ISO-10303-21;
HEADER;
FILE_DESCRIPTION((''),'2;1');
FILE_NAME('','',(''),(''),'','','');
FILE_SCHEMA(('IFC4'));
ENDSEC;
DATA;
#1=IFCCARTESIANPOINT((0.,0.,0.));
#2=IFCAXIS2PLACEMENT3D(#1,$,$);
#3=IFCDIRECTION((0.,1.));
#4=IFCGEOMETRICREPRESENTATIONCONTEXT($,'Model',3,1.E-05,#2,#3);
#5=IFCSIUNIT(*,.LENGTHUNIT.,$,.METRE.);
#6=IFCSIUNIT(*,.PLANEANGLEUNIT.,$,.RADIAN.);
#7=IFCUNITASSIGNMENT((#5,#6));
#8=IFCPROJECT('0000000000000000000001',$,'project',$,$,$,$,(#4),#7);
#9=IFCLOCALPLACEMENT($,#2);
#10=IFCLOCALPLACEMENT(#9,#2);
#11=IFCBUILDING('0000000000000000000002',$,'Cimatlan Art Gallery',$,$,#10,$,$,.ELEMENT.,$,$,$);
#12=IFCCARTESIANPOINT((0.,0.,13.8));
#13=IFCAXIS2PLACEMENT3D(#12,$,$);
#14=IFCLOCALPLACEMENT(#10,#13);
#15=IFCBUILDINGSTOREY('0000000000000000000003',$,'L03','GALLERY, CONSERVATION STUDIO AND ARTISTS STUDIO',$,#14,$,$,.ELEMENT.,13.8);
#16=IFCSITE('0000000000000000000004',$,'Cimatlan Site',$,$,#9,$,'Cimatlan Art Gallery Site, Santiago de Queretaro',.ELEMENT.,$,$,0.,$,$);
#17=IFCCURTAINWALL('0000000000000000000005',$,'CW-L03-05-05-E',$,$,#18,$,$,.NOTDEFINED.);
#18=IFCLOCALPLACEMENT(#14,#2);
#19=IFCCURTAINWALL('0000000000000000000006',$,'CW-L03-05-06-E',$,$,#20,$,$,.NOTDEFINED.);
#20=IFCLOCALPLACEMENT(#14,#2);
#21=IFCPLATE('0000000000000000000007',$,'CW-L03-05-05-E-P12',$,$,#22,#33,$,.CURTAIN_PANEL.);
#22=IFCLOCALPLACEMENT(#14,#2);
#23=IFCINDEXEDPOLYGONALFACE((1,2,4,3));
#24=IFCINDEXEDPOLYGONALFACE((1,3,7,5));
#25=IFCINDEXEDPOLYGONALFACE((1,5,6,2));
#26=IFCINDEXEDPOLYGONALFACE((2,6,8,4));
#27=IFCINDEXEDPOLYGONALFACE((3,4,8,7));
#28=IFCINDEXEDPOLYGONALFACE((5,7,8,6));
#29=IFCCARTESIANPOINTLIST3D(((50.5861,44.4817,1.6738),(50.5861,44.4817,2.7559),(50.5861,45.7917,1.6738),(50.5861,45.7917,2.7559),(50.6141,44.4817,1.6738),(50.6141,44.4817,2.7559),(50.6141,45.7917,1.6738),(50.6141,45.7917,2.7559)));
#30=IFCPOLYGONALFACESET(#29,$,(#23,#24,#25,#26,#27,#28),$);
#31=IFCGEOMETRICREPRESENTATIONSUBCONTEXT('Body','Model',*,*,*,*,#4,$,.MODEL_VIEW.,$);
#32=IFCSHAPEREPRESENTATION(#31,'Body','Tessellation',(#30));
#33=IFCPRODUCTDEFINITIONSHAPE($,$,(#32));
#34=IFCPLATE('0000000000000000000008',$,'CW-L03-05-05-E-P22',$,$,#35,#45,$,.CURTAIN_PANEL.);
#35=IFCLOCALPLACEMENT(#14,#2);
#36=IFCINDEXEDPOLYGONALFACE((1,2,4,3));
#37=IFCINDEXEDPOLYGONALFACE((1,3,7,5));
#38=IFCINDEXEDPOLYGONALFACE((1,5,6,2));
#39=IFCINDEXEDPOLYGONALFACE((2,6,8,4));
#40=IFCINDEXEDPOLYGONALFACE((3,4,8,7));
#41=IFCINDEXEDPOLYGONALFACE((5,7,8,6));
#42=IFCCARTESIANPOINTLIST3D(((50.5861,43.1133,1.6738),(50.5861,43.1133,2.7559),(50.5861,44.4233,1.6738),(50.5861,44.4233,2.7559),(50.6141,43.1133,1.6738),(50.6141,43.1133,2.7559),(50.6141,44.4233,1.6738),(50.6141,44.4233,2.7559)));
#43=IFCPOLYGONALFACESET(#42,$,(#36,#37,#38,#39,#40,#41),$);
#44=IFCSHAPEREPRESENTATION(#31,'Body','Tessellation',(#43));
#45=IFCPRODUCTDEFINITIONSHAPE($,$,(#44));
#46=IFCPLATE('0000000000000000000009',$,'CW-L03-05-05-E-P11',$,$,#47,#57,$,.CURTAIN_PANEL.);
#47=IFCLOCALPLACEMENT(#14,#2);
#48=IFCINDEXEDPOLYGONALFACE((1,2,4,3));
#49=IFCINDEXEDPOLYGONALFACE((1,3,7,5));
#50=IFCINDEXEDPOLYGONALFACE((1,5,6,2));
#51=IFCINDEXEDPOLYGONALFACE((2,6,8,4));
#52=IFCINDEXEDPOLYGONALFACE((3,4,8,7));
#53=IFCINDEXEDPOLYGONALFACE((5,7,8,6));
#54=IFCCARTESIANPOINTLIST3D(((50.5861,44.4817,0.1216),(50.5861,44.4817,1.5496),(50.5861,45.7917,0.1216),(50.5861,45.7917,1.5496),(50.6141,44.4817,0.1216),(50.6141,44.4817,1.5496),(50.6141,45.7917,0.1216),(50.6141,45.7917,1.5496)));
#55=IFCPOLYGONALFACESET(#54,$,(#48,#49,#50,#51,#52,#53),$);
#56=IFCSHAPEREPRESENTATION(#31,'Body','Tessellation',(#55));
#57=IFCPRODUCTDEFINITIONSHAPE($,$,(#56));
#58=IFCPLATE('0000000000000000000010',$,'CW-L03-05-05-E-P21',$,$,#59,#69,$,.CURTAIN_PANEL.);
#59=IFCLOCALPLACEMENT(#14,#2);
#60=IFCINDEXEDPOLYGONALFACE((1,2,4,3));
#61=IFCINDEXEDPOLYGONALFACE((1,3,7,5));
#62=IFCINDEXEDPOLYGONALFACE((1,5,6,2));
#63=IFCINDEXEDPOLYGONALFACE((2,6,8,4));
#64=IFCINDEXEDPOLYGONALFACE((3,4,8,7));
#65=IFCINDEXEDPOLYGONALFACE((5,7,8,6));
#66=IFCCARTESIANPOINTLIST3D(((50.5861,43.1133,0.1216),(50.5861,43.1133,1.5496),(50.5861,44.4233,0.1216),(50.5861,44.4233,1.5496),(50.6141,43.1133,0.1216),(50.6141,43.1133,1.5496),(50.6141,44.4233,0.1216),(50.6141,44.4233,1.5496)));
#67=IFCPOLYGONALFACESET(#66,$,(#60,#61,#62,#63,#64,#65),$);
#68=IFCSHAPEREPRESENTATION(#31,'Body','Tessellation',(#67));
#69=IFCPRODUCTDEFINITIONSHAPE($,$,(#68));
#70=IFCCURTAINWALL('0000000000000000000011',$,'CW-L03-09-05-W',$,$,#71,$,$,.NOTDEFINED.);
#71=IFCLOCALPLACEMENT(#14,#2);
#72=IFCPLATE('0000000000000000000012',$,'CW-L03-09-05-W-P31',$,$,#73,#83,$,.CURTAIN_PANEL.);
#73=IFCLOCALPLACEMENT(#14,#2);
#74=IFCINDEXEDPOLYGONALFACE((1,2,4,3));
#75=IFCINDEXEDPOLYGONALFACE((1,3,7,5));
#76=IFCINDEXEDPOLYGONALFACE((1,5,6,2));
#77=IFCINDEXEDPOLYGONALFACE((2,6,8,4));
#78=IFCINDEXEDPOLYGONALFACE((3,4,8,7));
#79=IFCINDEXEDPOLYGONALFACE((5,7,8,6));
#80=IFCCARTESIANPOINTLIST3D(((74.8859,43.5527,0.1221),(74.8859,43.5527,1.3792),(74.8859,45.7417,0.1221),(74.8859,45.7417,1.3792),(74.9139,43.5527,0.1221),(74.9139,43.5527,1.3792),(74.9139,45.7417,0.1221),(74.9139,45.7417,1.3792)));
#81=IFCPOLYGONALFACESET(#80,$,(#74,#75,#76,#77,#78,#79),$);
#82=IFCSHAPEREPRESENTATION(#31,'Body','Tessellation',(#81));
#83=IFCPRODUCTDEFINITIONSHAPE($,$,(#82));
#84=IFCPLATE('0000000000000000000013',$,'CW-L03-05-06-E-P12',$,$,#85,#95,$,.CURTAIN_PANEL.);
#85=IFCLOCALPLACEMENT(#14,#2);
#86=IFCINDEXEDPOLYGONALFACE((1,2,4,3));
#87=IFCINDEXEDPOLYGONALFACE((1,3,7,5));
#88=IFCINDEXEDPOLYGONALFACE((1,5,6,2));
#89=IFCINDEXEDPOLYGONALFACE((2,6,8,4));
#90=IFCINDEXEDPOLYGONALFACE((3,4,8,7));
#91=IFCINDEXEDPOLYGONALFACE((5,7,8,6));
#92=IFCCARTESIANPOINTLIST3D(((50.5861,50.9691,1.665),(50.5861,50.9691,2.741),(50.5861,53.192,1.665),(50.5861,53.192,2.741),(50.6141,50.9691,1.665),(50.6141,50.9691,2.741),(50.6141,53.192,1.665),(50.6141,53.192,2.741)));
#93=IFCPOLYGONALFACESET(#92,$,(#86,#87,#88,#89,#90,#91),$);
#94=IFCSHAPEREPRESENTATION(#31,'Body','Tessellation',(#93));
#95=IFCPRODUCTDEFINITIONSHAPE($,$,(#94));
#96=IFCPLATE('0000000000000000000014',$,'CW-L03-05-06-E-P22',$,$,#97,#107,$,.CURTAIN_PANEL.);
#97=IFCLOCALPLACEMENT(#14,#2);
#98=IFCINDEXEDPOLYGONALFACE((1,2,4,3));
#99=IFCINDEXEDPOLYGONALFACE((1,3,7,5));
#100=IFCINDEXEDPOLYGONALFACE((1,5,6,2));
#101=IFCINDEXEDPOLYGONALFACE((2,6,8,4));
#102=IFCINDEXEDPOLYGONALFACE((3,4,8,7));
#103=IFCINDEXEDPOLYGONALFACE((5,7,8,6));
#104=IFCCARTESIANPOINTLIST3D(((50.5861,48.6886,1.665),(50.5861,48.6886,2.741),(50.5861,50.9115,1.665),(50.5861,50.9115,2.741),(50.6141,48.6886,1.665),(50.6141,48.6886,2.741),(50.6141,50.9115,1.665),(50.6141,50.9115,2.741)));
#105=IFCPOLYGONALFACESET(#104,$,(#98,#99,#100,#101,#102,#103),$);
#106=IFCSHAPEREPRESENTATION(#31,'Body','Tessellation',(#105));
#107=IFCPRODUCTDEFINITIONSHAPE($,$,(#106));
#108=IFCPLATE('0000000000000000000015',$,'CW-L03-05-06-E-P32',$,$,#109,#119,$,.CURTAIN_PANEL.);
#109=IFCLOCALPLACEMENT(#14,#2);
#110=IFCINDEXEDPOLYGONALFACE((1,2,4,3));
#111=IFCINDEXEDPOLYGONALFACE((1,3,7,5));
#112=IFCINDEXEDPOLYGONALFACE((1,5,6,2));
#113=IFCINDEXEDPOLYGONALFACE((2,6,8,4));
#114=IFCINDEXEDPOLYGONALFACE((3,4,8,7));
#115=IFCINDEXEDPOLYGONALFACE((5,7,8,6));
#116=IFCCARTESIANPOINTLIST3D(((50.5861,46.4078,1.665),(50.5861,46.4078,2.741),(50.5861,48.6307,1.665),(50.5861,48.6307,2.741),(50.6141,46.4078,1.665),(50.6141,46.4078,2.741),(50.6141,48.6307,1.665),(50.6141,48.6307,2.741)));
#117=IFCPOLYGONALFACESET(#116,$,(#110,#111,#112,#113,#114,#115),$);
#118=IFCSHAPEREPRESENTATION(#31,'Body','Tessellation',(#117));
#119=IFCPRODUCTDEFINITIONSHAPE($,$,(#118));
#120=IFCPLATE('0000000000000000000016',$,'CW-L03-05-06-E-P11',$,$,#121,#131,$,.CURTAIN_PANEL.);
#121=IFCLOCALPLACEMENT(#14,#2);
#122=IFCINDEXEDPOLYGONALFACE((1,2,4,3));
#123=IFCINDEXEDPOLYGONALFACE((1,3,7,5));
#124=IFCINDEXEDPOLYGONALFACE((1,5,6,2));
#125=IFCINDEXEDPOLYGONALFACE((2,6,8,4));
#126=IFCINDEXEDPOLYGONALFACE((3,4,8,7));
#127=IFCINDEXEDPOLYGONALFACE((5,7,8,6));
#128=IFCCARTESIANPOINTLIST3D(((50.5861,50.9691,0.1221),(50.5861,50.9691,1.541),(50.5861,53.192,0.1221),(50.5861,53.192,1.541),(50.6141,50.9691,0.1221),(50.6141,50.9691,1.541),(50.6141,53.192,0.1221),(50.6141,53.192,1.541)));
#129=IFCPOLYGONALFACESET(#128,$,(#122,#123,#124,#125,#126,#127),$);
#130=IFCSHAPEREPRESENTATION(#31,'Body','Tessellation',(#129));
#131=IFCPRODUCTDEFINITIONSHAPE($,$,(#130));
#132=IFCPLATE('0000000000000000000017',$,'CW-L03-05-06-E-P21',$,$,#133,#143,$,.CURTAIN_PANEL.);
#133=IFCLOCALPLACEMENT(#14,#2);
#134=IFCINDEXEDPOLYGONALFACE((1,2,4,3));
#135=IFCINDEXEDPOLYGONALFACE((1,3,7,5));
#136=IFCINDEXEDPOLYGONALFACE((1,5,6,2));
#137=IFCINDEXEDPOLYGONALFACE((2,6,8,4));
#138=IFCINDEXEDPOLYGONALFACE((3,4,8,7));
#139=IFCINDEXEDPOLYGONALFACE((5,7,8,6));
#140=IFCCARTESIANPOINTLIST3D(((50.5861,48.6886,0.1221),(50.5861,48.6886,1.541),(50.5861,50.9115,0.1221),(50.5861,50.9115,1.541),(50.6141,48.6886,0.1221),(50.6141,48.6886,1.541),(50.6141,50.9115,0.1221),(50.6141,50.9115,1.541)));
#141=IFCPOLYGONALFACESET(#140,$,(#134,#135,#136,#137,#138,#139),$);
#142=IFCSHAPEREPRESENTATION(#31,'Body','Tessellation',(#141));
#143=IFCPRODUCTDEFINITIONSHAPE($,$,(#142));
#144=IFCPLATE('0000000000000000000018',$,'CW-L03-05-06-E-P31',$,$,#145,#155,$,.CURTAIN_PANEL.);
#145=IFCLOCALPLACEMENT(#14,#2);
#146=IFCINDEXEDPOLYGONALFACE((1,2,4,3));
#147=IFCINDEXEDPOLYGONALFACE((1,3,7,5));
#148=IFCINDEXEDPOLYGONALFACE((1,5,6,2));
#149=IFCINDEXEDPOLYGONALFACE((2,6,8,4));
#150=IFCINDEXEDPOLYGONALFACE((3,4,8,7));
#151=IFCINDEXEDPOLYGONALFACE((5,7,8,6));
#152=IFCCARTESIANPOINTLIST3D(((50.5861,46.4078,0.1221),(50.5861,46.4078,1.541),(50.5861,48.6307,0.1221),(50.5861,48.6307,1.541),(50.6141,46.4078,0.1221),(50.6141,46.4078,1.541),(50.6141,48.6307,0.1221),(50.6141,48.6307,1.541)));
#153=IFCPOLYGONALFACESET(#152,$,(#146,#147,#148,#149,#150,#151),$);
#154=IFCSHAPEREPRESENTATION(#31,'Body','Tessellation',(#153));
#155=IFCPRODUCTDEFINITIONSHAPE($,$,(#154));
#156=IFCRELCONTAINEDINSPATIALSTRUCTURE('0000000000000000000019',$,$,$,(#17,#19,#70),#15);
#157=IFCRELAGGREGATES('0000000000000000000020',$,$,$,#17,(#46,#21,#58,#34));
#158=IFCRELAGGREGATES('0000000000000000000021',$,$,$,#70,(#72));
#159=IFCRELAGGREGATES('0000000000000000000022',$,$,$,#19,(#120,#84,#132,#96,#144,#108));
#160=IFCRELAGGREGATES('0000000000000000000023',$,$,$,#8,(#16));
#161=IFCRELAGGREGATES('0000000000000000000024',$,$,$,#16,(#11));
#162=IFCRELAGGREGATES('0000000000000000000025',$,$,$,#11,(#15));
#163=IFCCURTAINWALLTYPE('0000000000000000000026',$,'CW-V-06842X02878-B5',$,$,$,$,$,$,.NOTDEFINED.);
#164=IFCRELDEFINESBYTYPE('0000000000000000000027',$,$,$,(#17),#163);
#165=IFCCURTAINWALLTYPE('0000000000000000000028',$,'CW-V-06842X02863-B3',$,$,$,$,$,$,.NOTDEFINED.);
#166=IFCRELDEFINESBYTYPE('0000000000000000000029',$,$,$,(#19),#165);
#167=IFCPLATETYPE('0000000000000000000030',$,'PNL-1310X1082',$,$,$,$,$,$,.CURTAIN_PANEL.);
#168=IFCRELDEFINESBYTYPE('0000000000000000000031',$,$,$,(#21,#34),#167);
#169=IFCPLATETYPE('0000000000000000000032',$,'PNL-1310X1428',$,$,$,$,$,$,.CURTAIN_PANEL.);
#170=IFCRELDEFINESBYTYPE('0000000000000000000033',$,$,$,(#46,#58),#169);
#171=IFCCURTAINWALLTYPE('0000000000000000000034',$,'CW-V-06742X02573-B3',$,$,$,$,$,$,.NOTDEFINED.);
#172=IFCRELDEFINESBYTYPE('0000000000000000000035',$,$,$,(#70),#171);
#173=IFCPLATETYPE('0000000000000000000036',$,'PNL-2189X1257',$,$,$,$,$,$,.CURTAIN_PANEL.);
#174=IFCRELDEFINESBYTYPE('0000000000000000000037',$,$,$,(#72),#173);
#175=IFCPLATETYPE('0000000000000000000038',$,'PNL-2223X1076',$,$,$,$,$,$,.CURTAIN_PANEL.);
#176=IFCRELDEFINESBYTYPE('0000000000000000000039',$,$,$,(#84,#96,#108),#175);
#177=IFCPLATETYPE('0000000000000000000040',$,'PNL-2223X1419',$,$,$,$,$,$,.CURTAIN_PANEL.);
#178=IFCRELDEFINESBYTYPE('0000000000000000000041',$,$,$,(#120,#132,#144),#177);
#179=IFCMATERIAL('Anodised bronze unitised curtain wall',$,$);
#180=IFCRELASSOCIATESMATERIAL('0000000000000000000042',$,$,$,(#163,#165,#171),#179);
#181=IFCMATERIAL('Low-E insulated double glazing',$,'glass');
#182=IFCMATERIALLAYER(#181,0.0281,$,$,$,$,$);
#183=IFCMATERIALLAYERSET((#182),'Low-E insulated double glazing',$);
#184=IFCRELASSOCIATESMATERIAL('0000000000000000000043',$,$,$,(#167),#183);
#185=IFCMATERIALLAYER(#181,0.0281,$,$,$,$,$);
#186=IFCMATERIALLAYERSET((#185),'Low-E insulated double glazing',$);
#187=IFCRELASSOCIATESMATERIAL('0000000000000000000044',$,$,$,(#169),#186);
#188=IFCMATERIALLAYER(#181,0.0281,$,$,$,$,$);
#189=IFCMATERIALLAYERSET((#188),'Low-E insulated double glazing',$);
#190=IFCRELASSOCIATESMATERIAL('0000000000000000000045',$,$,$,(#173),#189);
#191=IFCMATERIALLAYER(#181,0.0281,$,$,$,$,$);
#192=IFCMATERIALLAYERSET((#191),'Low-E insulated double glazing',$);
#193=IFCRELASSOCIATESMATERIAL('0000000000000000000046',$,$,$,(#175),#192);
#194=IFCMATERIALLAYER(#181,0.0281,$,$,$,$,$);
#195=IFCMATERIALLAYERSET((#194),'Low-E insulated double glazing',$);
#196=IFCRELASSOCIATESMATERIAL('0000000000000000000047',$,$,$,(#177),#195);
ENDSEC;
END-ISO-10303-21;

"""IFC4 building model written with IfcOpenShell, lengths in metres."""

from ifc_helpers import new_model, si_unit, direction, frame, origin, origin_2d, place, context, subcontext, project, spatial, rectangle, extrude, material, layer, layer_set, type_object, element, aggregate, save


model = new_model("IFC4")

# Units and contexts
model_context = context("Model", 3, precision=1e-05, world=origin(), true_north=direction((0.0, 1.0)))
body_context = subcontext(model_context, "Body", "Model", "MODEL_VIEW")
ifc_project = project(units=[si_unit("LENGTHUNIT", "METRE"), si_unit("PLANEANGLEUNIT", "RADIAN")], contexts=[model_context])

# Site, building, storey
site_placement = place(None, origin())
site = spatial("IfcSite", under=ifc_project, at=site_placement, Name="Cimatlan Site", LongName="Cimatlan Art Gallery Site, Santiago de Queretaro", CompositionType="ELEMENT", RefElevation=0.0)
building_placement = place(site_placement, origin())
building = spatial("IfcBuilding", under=site, at=building_placement, Name="Cimatlan Art Gallery", CompositionType="ELEMENT")
storey_placement = place(building_placement, frame((0.0, 0.0, 13.8)))
storey = spatial("IfcBuildingStorey", under=building, at=storey_placement, Name="L03", Description="GALLERY, CONSERVATION STUDIO AND ARTISTS STUDIO", CompositionType="ELEMENT", Elevation=13.8)

# Curtain walls
ifc_material_1 = material(Name="Anodised bronze unitised curtain wall")
curtain_wall_type_1 = type_object("IfcCurtainWallType", Name="CW-V-06842X02878-B5", PredefinedType="NOTDEFINED", material=ifc_material_1)
curtain_wall_1_placement = place(storey_placement, origin())
curtain_wall_1 = element("IfcCurtainWall", 1, at=curtain_wall_1_placement, inside=storey, type_object=curtain_wall_type_1, Name="CW-L03-05-05-E", PredefinedType="NOTDEFINED")
curtain_wall_type_2 = type_object("IfcCurtainWallType", Name="CW-V-06842X02863-B3", PredefinedType="NOTDEFINED", material=ifc_material_1)
curtain_wall_2_placement = place(storey_placement, origin())
curtain_wall_2 = element("IfcCurtainWall", 2, at=curtain_wall_2_placement, inside=storey, type_object=curtain_wall_type_2, Name="CW-L03-05-06-E", PredefinedType="NOTDEFINED")

# Plates
ifc_material_2 = material(Name="Low-E insulated double glazing", Category="glass")
ifc_layer_1 = layer(ifc_material_2, 0.0281)
ifc_layer_set_1 = layer_set([ifc_layer_1], Name="Low-E insulated double glazing")
plate_type_1 = type_object("IfcPlateType", Name="PNL-1310X1082", PredefinedType="CURTAIN_PANEL", material=ifc_layer_set_1)
plate_1_placement = place(storey_placement, frame((50.6001, 45.1367, 1.6738), z_axis=(0.0, 0.0, 1.0), x_axis=(0.0, -1.0, 0.0)))
plate_1 = element("IfcPlate", 3, at=plate_1_placement, type_object=plate_type_1, Name="CW-L03-05-05-E-P12", PredefinedType="CURTAIN_PANEL", context=body_context, shape_type="SweptSolid", body=[
    extrude(rectangle(XDim=1.3101, YDim=0.0281, at=origin_2d()), origin(), (0.0, 0.0, 1.0), 1.082),
])
plate_2_placement = place(storey_placement, frame((50.6001, 43.7683, 1.6738), z_axis=(0.0, 0.0, 1.0), x_axis=(0.0, -1.0, 0.0)))
plate_2 = element("IfcPlate", 4, at=plate_2_placement, type_object=plate_type_1, Name="CW-L03-05-05-E-P22", PredefinedType="CURTAIN_PANEL", context=body_context, shape_type="SweptSolid", body=[
    extrude(rectangle(XDim=1.3101, YDim=0.0281, at=origin_2d()), origin(), (0.0, 0.0, 1.0), 1.082),
])
ifc_layer_2 = layer(ifc_material_2, 0.0281)
ifc_layer_set_2 = layer_set([ifc_layer_2], Name="Low-E insulated double glazing")
plate_type_2 = type_object("IfcPlateType", Name="PNL-1310X1428", PredefinedType="CURTAIN_PANEL", material=ifc_layer_set_2)
plate_3_placement = place(storey_placement, frame((50.6001, 45.1367, 0.1216), z_axis=(0.0, 0.0, 1.0), x_axis=(0.0, -1.0, 0.0)))
plate_3 = element("IfcPlate", 5, at=plate_3_placement, type_object=plate_type_2, Name="CW-L03-05-05-E-P11", PredefinedType="CURTAIN_PANEL", context=body_context, shape_type="SweptSolid", body=[
    extrude(rectangle(XDim=1.3101, YDim=0.0281, at=origin_2d()), origin(), (0.0, 0.0, 1.0), 1.428),
])
plate_4_placement = place(storey_placement, frame((50.6001, 43.7683, 0.1216), z_axis=(0.0, 0.0, 1.0), x_axis=(0.0, -1.0, 0.0)))
plate_4 = element("IfcPlate", 6, at=plate_4_placement, type_object=plate_type_2, Name="CW-L03-05-05-E-P21", PredefinedType="CURTAIN_PANEL", context=body_context, shape_type="SweptSolid", body=[
    extrude(rectangle(XDim=1.3101, YDim=0.0281, at=origin_2d()), origin(), (0.0, 0.0, 1.0), 1.428),
])
aggregate(curtain_wall_1, [plate_3, plate_1, plate_4, plate_2])

# Curtain wall, plate
curtain_wall_type_3 = type_object("IfcCurtainWallType", Name="CW-V-06742X02573-B3", PredefinedType="NOTDEFINED", material=ifc_material_1)
curtain_wall_3_placement = place(storey_placement, origin())
curtain_wall_3 = element("IfcCurtainWall", 7, at=curtain_wall_3_placement, inside=storey, type_object=curtain_wall_type_3, Name="CW-L03-09-05-W", PredefinedType="NOTDEFINED")
ifc_layer_3 = layer(ifc_material_2, 0.0281)
ifc_layer_set_3 = layer_set([ifc_layer_3], Name="Low-E insulated double glazing")
plate_type_3 = type_object("IfcPlateType", Name="PNL-2189X1257", PredefinedType="CURTAIN_PANEL", material=ifc_layer_set_3)
plate_5_placement = place(storey_placement, frame((74.8999, 44.6472, 0.1221), z_axis=(0.0, 0.0, 1.0), x_axis=(0.0, 1.0, 0.0)))
plate_5 = element("IfcPlate", 8, at=plate_5_placement, type_object=plate_type_3, Name="CW-L03-09-05-W-P31", PredefinedType="CURTAIN_PANEL", context=body_context, shape_type="SweptSolid", body=[
    extrude(rectangle(XDim=2.189, YDim=0.0281, at=origin_2d()), origin(), (0.0, 0.0, 1.0), 1.2571),
])
aggregate(curtain_wall_3, [plate_5])

# Plates
ifc_layer_4 = layer(ifc_material_2, 0.0281)
ifc_layer_set_4 = layer_set([ifc_layer_4], Name="Low-E insulated double glazing")
plate_type_4 = type_object("IfcPlateType", Name="PNL-2223X1076", PredefinedType="CURTAIN_PANEL", material=ifc_layer_set_4)
plate_6_placement = place(storey_placement, frame((50.6001, 52.0806, 1.665), z_axis=(0.0, 0.0, 1.0), x_axis=(0.0, -1.0, 0.0)))
plate_6 = element("IfcPlate", 9, at=plate_6_placement, type_object=plate_type_4, Name="CW-L03-05-06-E-P12", PredefinedType="CURTAIN_PANEL", context=body_context, shape_type="SweptSolid", body=[
    extrude(rectangle(XDim=2.2229, YDim=0.0281, at=origin_2d()), origin(), (0.0, 0.0, 1.0), 1.0759),
])
plate_7_placement = place(storey_placement, frame((50.6001, 49.8, 1.665), z_axis=(0.0, 0.0, 1.0), x_axis=(0.0, -1.0, 0.0)))
plate_7 = element("IfcPlate", 10, at=plate_7_placement, type_object=plate_type_4, Name="CW-L03-05-06-E-P22", PredefinedType="CURTAIN_PANEL", context=body_context, shape_type="SweptSolid", body=[
    extrude(rectangle(XDim=2.2229, YDim=0.0281, at=origin_2d()), origin(), (0.0, 0.0, 1.0), 1.0759),
])
plate_8_placement = place(storey_placement, frame((50.6001, 47.5193, 1.665), z_axis=(0.0, 0.0, 1.0), x_axis=(0.0, -1.0, 0.0)))
plate_8 = element("IfcPlate", 11, at=plate_8_placement, type_object=plate_type_4, Name="CW-L03-05-06-E-P32", PredefinedType="CURTAIN_PANEL", context=body_context, shape_type="SweptSolid", body=[
    extrude(rectangle(XDim=2.2229, YDim=0.0281, at=origin_2d()), origin(), (0.0, 0.0, 1.0), 1.0759),
])
ifc_layer_5 = layer(ifc_material_2, 0.0281)
ifc_layer_set_5 = layer_set([ifc_layer_5], Name="Low-E insulated double glazing")
plate_type_5 = type_object("IfcPlateType", Name="PNL-2223X1419", PredefinedType="CURTAIN_PANEL", material=ifc_layer_set_5)
plate_9_placement = place(storey_placement, frame((50.6001, 52.0806, 0.1221), z_axis=(0.0, 0.0, 1.0), x_axis=(0.0, -1.0, 0.0)))
plate_9 = element("IfcPlate", 12, at=plate_9_placement, type_object=plate_type_5, Name="CW-L03-05-06-E-P11", PredefinedType="CURTAIN_PANEL", context=body_context, shape_type="SweptSolid", body=[
    extrude(rectangle(XDim=2.2229, YDim=0.0281, at=origin_2d()), origin(), (0.0, 0.0, 1.0), 1.4189),
])
plate_10_placement = place(storey_placement, frame((50.6001, 49.8, 0.1221), z_axis=(0.0, 0.0, 1.0), x_axis=(0.0, -1.0, 0.0)))
plate_10 = element("IfcPlate", 13, at=plate_10_placement, type_object=plate_type_5, Name="CW-L03-05-06-E-P21", PredefinedType="CURTAIN_PANEL", context=body_context, shape_type="SweptSolid", body=[
    extrude(rectangle(XDim=2.2229, YDim=0.0281, at=origin_2d()), origin(), (0.0, 0.0, 1.0), 1.4189),
])
plate_11_placement = place(storey_placement, frame((50.6001, 47.5193, 0.1221), z_axis=(0.0, 0.0, 1.0), x_axis=(0.0, -1.0, 0.0)))
plate_11 = element("IfcPlate", 14, at=plate_11_placement, type_object=plate_type_5, Name="CW-L03-05-06-E-P31", PredefinedType="CURTAIN_PANEL", context=body_context, shape_type="SweptSolid", body=[
    extrude(rectangle(XDim=2.2229, YDim=0.0281, at=origin_2d()), origin(), (0.0, 0.0, 1.0), 1.4189),
])
aggregate(curtain_wall_2, [plate_9, plate_6, plate_10, plate_7, plate_11, plate_8])

save(model, "model.ifc")
